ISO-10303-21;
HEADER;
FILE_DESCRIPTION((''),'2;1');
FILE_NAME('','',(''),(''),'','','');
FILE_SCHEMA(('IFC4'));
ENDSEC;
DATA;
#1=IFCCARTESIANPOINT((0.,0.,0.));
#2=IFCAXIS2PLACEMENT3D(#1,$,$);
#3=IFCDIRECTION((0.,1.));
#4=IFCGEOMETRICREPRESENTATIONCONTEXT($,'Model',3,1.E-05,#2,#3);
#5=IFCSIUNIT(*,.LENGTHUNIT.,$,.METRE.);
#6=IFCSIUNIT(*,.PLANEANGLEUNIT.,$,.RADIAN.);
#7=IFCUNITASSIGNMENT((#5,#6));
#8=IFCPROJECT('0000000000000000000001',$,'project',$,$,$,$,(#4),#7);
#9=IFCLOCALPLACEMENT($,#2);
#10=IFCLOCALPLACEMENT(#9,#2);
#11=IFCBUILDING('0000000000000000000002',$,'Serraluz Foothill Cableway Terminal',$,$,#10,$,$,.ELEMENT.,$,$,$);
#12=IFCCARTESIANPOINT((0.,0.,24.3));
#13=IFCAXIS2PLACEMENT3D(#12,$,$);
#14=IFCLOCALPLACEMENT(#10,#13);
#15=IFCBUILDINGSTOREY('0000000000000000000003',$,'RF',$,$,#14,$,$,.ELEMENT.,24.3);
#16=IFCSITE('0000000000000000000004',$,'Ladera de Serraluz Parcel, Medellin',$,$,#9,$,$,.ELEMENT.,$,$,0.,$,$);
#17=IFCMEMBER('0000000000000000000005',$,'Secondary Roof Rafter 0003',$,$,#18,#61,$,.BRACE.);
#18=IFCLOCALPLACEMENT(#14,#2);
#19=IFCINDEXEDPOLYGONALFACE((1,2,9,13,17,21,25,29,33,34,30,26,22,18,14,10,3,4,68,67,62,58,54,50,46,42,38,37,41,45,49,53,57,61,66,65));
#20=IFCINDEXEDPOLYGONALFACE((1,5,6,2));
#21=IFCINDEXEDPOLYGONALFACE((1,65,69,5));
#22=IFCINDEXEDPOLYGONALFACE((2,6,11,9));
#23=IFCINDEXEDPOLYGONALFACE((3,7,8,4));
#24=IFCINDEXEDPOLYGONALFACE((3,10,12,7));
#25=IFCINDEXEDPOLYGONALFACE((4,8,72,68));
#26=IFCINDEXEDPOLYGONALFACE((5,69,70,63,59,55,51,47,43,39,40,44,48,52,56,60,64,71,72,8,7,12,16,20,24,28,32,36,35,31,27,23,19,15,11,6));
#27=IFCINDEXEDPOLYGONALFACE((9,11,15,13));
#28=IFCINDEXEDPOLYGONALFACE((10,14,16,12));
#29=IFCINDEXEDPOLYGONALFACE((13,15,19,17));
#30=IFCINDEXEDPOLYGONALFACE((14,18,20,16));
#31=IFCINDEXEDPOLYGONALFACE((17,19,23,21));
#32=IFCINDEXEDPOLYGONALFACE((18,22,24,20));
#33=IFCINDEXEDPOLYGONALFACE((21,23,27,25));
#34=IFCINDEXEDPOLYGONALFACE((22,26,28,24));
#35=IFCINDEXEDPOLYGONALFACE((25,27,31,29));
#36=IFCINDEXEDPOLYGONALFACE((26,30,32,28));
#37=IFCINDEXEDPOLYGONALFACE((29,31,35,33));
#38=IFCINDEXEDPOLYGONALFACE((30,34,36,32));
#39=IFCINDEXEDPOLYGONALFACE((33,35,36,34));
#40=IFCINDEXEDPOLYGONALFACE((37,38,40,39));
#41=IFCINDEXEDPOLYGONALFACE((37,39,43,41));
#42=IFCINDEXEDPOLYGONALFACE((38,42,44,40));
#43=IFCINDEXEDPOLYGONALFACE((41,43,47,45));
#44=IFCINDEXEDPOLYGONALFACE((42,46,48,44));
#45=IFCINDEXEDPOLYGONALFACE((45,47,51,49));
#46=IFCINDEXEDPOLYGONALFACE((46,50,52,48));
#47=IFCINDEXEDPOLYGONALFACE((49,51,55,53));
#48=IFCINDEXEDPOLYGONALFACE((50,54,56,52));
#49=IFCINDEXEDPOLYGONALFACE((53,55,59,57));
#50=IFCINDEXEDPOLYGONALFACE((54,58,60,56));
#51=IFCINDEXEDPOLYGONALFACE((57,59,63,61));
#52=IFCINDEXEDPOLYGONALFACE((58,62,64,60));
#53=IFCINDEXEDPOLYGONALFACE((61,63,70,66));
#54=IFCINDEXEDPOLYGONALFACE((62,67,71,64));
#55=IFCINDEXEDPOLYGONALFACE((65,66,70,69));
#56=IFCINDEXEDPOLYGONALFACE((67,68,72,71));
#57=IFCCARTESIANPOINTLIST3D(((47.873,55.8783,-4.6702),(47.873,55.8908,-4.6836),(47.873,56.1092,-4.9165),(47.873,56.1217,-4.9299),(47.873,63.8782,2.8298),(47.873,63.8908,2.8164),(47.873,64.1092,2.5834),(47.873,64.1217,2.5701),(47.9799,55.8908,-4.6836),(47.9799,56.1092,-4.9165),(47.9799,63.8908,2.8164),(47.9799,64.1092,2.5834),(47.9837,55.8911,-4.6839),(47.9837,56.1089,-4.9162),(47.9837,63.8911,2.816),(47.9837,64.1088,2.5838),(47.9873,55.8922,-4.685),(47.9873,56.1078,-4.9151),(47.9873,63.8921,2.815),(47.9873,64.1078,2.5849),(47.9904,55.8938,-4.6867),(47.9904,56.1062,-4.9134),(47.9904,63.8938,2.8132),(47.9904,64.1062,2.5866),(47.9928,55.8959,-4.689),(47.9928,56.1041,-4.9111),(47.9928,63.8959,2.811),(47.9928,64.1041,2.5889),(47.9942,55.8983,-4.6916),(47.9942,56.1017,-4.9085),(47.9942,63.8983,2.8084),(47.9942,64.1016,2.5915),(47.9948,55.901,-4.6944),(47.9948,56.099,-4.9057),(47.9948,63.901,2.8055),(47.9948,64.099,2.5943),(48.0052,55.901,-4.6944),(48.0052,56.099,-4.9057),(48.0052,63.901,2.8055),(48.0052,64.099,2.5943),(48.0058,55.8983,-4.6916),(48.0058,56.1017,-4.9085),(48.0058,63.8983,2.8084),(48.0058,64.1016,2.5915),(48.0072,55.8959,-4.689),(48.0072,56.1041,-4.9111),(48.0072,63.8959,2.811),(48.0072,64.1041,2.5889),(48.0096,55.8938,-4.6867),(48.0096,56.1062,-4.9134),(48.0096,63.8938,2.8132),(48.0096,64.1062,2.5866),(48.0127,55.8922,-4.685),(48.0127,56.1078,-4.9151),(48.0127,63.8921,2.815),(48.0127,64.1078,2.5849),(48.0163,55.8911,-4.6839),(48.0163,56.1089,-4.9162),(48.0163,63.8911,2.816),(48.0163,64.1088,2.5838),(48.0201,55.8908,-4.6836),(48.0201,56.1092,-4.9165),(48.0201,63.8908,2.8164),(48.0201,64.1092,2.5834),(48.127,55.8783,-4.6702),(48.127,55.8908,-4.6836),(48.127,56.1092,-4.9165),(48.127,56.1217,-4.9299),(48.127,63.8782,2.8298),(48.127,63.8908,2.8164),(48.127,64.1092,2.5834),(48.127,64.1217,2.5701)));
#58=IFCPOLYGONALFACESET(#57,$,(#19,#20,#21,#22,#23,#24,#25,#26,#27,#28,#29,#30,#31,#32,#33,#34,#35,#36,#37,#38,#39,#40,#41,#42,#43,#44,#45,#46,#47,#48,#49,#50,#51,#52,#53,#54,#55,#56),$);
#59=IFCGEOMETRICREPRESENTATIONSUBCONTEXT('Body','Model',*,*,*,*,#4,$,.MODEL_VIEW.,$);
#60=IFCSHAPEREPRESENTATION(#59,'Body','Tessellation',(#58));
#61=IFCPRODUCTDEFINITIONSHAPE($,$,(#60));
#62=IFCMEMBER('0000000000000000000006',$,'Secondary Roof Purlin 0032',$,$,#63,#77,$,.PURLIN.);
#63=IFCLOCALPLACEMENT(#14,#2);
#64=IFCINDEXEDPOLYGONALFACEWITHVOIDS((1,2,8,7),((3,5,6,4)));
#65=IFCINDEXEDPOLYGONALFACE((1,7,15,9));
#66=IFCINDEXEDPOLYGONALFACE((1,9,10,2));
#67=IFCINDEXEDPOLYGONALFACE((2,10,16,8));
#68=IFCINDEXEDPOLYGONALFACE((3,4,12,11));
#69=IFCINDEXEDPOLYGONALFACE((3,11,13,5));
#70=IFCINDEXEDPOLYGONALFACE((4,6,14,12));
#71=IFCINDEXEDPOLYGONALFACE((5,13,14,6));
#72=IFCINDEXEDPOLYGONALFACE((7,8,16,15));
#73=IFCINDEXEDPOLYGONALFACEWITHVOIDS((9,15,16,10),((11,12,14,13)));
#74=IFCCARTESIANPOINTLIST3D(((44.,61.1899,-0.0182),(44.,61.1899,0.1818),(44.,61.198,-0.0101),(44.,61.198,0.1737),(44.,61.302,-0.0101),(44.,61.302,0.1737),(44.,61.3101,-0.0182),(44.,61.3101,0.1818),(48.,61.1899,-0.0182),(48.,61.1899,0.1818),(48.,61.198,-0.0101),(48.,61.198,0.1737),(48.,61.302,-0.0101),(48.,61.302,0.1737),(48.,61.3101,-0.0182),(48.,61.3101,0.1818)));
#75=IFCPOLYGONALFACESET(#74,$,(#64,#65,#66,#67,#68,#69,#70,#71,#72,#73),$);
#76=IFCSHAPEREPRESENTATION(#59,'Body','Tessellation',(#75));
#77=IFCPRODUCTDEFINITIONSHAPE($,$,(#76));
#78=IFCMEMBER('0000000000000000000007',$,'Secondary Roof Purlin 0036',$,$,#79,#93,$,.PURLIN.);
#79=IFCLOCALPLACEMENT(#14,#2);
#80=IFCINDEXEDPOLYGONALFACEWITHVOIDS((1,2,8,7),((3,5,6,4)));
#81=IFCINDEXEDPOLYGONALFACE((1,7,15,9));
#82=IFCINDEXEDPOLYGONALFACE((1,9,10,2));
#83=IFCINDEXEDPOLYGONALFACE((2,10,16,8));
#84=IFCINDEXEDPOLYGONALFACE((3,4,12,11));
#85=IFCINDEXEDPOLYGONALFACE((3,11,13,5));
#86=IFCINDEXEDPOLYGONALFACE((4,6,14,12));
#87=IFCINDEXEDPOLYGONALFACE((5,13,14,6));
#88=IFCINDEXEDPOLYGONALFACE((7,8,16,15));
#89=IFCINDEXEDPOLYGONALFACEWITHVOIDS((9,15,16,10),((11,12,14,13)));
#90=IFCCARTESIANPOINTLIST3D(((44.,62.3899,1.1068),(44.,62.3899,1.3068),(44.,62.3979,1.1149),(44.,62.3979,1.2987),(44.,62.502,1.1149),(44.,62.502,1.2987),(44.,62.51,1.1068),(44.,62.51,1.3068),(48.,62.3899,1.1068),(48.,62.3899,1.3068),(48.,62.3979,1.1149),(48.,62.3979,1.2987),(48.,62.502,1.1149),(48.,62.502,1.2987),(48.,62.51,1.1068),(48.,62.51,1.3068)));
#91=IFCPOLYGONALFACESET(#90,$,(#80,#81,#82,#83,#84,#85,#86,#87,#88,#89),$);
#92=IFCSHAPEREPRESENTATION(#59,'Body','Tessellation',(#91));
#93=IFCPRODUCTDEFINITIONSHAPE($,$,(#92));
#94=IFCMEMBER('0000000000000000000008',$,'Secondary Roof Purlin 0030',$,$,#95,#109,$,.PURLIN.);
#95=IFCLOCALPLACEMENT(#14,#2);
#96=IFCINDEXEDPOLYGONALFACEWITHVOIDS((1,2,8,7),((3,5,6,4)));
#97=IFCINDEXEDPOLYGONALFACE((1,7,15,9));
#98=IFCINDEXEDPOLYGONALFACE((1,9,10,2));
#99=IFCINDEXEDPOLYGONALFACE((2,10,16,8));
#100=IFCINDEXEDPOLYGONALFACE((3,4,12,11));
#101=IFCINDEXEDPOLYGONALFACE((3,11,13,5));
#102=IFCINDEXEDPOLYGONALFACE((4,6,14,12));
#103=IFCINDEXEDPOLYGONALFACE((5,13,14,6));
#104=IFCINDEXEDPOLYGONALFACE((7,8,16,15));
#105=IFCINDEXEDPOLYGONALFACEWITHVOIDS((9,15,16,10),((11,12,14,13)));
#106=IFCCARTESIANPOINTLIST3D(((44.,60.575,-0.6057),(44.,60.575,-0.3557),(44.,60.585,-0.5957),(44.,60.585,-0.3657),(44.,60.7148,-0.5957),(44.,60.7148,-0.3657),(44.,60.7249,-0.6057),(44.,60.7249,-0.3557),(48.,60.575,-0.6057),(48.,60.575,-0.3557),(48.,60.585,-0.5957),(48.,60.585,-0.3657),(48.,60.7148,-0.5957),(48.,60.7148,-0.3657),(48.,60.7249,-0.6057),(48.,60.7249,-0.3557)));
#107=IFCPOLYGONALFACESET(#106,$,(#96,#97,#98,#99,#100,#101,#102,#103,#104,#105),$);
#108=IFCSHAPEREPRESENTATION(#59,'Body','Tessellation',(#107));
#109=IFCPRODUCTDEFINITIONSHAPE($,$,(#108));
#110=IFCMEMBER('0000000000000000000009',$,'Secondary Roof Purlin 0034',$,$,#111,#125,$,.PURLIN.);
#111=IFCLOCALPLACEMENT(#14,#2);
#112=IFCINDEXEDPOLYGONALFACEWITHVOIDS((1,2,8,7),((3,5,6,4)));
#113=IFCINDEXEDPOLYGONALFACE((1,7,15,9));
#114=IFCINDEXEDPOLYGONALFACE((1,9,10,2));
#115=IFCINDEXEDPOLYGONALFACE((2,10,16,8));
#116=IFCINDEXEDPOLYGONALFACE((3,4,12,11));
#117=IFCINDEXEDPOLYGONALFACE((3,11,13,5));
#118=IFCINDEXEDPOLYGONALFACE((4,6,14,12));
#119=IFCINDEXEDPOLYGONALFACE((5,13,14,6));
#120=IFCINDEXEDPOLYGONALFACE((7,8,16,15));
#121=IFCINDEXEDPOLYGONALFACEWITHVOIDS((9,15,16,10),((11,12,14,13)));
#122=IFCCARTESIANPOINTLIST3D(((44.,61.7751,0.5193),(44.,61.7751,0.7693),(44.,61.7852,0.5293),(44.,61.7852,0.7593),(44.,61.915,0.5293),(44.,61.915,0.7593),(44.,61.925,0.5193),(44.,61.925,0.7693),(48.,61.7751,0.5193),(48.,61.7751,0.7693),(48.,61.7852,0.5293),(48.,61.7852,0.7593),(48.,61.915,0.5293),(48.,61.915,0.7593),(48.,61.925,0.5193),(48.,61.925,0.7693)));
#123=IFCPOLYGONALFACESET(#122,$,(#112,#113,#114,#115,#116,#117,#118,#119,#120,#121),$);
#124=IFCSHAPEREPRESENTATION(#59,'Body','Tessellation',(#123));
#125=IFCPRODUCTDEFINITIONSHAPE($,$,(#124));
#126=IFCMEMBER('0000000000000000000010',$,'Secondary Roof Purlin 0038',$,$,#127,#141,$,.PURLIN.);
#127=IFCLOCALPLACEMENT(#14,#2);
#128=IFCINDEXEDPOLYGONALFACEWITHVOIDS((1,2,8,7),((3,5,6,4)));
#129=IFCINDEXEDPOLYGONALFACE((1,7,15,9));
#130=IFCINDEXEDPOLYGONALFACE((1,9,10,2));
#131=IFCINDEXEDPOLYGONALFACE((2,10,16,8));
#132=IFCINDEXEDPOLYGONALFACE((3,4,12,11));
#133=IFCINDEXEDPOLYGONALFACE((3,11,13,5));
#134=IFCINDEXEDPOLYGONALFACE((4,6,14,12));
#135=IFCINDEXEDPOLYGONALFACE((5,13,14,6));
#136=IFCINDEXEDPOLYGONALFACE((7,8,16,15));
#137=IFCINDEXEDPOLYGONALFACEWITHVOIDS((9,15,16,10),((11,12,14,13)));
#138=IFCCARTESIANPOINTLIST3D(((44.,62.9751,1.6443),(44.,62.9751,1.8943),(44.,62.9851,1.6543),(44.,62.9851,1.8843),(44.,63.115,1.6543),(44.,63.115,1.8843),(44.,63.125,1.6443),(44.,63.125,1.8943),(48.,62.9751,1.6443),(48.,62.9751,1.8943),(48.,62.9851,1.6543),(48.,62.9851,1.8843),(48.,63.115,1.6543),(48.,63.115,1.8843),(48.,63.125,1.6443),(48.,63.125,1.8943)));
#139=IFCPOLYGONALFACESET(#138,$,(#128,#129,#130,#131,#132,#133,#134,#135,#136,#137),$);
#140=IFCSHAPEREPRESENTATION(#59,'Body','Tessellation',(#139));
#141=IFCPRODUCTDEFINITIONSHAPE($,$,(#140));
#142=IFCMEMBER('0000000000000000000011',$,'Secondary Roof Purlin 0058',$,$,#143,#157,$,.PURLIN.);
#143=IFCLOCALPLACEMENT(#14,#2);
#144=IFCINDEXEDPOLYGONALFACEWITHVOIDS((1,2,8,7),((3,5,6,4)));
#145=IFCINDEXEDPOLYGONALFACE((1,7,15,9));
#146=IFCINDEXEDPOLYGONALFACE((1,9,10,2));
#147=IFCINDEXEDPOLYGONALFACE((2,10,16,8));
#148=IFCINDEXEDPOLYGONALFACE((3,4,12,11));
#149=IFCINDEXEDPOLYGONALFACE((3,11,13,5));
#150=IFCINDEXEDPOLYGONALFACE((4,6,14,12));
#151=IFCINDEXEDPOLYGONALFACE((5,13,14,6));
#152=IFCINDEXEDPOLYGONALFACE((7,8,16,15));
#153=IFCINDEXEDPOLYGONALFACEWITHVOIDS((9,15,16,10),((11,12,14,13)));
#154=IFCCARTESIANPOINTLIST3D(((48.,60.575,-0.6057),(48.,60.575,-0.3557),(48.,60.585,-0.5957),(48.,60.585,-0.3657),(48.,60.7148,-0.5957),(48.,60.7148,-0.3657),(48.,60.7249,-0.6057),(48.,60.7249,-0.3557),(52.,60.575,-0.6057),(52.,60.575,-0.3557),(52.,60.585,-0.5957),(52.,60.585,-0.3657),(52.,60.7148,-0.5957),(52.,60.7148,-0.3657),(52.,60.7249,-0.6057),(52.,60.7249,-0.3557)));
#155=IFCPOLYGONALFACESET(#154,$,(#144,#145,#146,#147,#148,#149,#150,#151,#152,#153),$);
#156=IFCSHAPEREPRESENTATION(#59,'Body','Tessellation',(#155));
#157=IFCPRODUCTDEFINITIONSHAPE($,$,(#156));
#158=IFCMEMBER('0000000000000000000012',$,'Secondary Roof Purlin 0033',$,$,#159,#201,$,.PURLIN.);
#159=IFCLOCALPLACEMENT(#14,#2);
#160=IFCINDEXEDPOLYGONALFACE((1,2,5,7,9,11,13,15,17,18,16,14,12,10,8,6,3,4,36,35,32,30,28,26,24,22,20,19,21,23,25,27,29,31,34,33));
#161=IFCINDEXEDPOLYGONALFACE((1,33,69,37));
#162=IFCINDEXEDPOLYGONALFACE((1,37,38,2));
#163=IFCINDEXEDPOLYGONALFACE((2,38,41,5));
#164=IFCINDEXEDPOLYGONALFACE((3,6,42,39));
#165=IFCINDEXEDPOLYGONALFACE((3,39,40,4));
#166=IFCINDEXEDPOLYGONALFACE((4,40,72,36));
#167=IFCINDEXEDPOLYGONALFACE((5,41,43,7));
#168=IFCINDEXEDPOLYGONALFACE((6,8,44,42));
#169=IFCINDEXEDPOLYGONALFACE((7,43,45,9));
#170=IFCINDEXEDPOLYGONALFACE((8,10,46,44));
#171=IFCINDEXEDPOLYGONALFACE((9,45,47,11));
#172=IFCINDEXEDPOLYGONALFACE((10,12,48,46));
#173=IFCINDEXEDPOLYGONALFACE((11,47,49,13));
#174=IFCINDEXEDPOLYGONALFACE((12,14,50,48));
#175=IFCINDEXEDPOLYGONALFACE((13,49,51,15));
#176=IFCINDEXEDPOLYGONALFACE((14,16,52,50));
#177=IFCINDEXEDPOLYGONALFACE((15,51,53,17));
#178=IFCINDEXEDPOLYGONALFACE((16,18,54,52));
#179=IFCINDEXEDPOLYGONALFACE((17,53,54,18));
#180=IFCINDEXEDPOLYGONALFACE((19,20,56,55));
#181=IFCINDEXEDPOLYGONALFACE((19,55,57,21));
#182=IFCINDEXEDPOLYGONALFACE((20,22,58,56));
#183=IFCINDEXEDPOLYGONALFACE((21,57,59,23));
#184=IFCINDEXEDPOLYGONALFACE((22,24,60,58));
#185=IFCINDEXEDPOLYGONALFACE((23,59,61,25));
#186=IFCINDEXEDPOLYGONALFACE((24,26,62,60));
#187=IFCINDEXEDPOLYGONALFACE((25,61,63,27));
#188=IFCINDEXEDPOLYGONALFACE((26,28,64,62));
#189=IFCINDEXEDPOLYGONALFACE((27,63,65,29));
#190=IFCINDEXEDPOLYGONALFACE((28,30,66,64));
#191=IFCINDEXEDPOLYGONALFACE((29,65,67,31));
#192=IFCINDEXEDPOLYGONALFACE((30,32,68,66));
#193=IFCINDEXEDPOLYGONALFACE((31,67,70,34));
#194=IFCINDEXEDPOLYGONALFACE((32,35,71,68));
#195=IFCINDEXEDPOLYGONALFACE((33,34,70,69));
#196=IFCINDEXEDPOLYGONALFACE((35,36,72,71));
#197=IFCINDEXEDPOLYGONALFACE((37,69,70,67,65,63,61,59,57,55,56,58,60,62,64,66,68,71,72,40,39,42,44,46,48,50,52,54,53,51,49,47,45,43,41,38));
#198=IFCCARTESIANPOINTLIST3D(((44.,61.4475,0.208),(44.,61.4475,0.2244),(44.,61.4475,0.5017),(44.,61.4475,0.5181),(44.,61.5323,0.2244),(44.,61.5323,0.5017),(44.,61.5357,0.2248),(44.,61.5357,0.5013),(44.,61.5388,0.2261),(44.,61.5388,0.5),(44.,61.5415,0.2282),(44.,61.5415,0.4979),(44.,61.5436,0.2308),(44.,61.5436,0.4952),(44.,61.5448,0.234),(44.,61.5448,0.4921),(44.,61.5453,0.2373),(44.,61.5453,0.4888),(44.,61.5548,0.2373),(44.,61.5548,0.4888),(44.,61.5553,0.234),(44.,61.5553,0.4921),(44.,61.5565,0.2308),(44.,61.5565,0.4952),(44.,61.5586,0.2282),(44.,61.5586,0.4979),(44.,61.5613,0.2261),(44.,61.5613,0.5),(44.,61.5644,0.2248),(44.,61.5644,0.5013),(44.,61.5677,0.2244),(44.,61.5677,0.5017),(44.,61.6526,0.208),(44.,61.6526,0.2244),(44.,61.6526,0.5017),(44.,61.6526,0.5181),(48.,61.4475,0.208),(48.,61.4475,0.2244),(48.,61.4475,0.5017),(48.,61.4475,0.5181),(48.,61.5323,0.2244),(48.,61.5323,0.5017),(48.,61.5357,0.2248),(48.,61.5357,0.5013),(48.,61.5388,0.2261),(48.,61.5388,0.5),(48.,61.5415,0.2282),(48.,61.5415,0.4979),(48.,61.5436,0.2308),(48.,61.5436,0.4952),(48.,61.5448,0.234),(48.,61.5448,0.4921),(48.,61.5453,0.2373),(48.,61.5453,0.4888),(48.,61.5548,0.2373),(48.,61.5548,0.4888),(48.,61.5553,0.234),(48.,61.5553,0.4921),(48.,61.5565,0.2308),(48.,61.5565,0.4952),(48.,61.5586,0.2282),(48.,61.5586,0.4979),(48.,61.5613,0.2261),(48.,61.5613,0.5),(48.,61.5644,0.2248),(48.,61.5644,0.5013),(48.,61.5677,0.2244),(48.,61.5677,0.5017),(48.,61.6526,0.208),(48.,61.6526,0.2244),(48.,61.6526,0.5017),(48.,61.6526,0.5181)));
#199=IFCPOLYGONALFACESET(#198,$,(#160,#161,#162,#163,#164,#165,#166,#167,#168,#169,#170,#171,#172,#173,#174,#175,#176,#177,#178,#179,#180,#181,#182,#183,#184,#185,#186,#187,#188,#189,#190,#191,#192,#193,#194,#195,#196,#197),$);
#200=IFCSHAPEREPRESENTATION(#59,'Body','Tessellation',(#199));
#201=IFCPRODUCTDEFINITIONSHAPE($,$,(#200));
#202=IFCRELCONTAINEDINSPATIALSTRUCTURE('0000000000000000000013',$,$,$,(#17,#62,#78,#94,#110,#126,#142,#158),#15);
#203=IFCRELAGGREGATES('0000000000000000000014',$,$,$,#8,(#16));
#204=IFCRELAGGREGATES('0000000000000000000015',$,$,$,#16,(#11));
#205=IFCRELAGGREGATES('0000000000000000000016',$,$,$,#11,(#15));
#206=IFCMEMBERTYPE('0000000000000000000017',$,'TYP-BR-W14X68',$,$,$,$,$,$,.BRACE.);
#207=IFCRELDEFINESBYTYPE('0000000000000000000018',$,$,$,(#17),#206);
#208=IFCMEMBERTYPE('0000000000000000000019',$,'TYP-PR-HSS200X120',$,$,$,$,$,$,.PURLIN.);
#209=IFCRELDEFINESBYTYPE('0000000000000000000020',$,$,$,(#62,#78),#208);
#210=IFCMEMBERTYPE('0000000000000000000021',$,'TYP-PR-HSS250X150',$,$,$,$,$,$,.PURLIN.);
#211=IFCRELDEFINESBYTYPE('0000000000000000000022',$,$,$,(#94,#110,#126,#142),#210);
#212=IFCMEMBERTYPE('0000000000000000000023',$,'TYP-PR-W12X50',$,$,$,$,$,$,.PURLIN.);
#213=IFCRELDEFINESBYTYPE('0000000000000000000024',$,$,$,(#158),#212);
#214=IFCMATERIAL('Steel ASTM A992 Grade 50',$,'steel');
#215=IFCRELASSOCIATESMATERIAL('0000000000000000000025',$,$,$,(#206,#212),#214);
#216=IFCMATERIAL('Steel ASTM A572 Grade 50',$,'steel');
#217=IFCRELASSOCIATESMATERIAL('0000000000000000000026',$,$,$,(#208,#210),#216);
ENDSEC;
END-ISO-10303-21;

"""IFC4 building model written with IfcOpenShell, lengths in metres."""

from ifc_helpers import new_model, si_unit, direction, frame, origin, origin_2d, place, context, subcontext, project, spatial, hollow_rectangle, i_section, extrude, material, material_profile, profile_set, type_object, element, save


model = new_model("IFC4")

# Units and contexts
model_context = context("Model", 3, precision=1e-05, world=origin(), true_north=direction((0.0, 1.0)))
body_context = subcontext(model_context, "Body", "Model", "MODEL_VIEW")
ifc_project = project(units=[si_unit("LENGTHUNIT", "METRE"), si_unit("PLANEANGLEUNIT", "RADIAN")], contexts=[model_context])

# Site, building, storey
site_placement = place(None, origin())
site = spatial("IfcSite", under=ifc_project, at=site_placement, Name="Ladera de Serraluz Parcel, Medellin", CompositionType="ELEMENT", RefElevation=0.0)
building_placement = place(site_placement, origin())
building = spatial("IfcBuilding", under=site, at=building_placement, Name="Serraluz Foothill Cableway Terminal", CompositionType="ELEMENT")
storey_placement = place(building_placement, frame((0.0, 0.0, 24.3)))
storey = spatial("IfcBuildingStorey", under=building, at=storey_placement, Name="RF", CompositionType="ELEMENT", Elevation=24.3)

# Members
ifc_material_1 = material(Name="Steel ASTM A572 Grade 50", Category="steel")
ifc_material_2 = material(Name="Steel ASTM A992 Grade 50", Category="steel")
ifc_material_profile_1 = material_profile(ifc_material_2, i_section(OverallWidth=0.2539, OverallDepth=0.356, WebThickness=0.0105, FlangeThickness=0.0183, FilletRadius=0.0149, at=origin_2d()), Name="W14X68")
ifc_profile_set_1 = profile_set([ifc_material_profile_1], Name="Steel ASTM A992 Grade 50")
member_type_1 = type_object("IfcMemberType", Name="TYP-BR-W14X68", PredefinedType="BRACE", material=ifc_profile_set_1)
member_placement = place(storey_placement, frame((48.0, 56.0, -4.8), z_axis=(0.0, 0.729537, 0.683941), x_axis=(-1.0, 0.0, 0.0)))
element("IfcMember", 1, at=member_placement, inside=storey, type_object=member_type_1, Name="Secondary Roof Rafter 0003", PredefinedType="BRACE", context=body_context, shape_type="SweptSolid", body=[
    extrude(i_section(OverallWidth=0.2539, OverallDepth=0.356, WebThickness=0.0105, FlangeThickness=0.0183, FilletRadius=0.0149, at=origin_2d()), origin(), (0.0, 0.0, 1.0), 10.9658),
])
ifc_material_profile_2 = material_profile(ifc_material_1, hollow_rectangle(XDim=0.1201, YDim=0.2, WallThickness=0.0081, at=origin_2d()), Name="HSS200X120X8")
ifc_profile_set_2 = profile_set([ifc_material_profile_2], Name="Steel ASTM A572 Grade 50")
member_type_2 = type_object("IfcMemberType", Name="TYP-PR-HSS200X120", PredefinedType="PURLIN", material=ifc_profile_set_2)
for number, where, z_axis, x_axis, name in (
    (2, (44.0, 61.25, 0.0818), (1.0, 0.0, 0.0), (0.0, 1.0, 0.0), "Secondary Roof Purlin 0032"),
    (3, (44.0, 62.45, 1.2068), (1.0, 0.0, 0.0), (0.0, 1.0, 0.0), "Secondary Roof Purlin 0036"),
):
    element("IfcMember", number, at=place(storey_placement, frame(where, z_axis=z_axis, x_axis=x_axis)), inside=storey, type_object=member_type_2, Name=name, PredefinedType="PURLIN", context=body_context, shape_type="SweptSolid", body=[
        extrude(hollow_rectangle(XDim=0.1201, YDim=0.2, WallThickness=0.0081, at=origin_2d()), origin(), (0.0, 0.0, 1.0), 4.0),
    ])
ifc_material_profile_3 = material_profile(ifc_material_1, hollow_rectangle(XDim=0.1499, YDim=0.25, WallThickness=0.01, at=origin_2d()), Name="HSS250X150X10")
ifc_profile_set_3 = profile_set([ifc_material_profile_3], Name="Steel ASTM A572 Grade 50")
member_type_3 = type_object("IfcMemberType", Name="TYP-PR-HSS250X150", PredefinedType="PURLIN", material=ifc_profile_set_3)
for number, where, z_axis, x_axis, name in (
    (4, (44.0, 60.6499, -0.4807), (1.0, 0.0, 0.0), (0.0, 1.0, 0.0), "Secondary Roof Purlin 0030"),
    (5, (44.0, 61.8501, 0.6443), (1.0, 0.0, 0.0), (0.0, 1.0, 0.0), "Secondary Roof Purlin 0034"),
    (6, (44.0, 63.05, 1.7693), (1.0, 0.0, 0.0), (0.0, 1.0, 0.0), "Secondary Roof Purlin 0038"),
    (7, (48.0, 60.6499, -0.4807), (1.0, 0.0, 0.0), (0.0, 1.0, 0.0), "Secondary Roof Purlin 0058"),
):
    element("IfcMember", number, at=place(storey_placement, frame(where, z_axis=z_axis, x_axis=x_axis)), inside=storey, type_object=member_type_3, Name=name, PredefinedType="PURLIN", context=body_context, shape_type="SweptSolid", body=[
        extrude(hollow_rectangle(XDim=0.1499, YDim=0.25, WallThickness=0.01, at=origin_2d()), origin(), (0.0, 0.0, 1.0), 4.0),
    ])
ifc_material_profile_4 = material_profile(ifc_material_2, i_section(OverallWidth=0.2051, OverallDepth=0.3101, WebThickness=0.0095, FlangeThickness=0.0164, FilletRadius=0.0129, at=origin_2d()), Name="W12X50")
ifc_profile_set_4 = profile_set([ifc_material_profile_4], Name="Steel ASTM A992 Grade 50")
member_type_4 = type_object("IfcMemberType", Name="TYP-PR-W12X50", PredefinedType="PURLIN", material=ifc_profile_set_4)
for number, where, z_axis, x_axis, name in (
    (8, (44.0, 61.55, 0.363), (1.0, 0.0, 0.0), (0.0, 1.0, 0.0), "Secondary Roof Purlin 0033"),
):
    element("IfcMember", number, at=place(storey_placement, frame(where, z_axis=z_axis, x_axis=x_axis)), inside=storey, type_object=member_type_4, Name=name, PredefinedType="PURLIN", context=body_context, shape_type="SweptSolid", body=[
        extrude(i_section(OverallWidth=0.2051, OverallDepth=0.3101, WebThickness=0.0095, FlangeThickness=0.0164, FilletRadius=0.0129, at=origin_2d()), origin(), (0.0, 0.0, 1.0), 4.0),
    ])

save(model, "model.ifc")
